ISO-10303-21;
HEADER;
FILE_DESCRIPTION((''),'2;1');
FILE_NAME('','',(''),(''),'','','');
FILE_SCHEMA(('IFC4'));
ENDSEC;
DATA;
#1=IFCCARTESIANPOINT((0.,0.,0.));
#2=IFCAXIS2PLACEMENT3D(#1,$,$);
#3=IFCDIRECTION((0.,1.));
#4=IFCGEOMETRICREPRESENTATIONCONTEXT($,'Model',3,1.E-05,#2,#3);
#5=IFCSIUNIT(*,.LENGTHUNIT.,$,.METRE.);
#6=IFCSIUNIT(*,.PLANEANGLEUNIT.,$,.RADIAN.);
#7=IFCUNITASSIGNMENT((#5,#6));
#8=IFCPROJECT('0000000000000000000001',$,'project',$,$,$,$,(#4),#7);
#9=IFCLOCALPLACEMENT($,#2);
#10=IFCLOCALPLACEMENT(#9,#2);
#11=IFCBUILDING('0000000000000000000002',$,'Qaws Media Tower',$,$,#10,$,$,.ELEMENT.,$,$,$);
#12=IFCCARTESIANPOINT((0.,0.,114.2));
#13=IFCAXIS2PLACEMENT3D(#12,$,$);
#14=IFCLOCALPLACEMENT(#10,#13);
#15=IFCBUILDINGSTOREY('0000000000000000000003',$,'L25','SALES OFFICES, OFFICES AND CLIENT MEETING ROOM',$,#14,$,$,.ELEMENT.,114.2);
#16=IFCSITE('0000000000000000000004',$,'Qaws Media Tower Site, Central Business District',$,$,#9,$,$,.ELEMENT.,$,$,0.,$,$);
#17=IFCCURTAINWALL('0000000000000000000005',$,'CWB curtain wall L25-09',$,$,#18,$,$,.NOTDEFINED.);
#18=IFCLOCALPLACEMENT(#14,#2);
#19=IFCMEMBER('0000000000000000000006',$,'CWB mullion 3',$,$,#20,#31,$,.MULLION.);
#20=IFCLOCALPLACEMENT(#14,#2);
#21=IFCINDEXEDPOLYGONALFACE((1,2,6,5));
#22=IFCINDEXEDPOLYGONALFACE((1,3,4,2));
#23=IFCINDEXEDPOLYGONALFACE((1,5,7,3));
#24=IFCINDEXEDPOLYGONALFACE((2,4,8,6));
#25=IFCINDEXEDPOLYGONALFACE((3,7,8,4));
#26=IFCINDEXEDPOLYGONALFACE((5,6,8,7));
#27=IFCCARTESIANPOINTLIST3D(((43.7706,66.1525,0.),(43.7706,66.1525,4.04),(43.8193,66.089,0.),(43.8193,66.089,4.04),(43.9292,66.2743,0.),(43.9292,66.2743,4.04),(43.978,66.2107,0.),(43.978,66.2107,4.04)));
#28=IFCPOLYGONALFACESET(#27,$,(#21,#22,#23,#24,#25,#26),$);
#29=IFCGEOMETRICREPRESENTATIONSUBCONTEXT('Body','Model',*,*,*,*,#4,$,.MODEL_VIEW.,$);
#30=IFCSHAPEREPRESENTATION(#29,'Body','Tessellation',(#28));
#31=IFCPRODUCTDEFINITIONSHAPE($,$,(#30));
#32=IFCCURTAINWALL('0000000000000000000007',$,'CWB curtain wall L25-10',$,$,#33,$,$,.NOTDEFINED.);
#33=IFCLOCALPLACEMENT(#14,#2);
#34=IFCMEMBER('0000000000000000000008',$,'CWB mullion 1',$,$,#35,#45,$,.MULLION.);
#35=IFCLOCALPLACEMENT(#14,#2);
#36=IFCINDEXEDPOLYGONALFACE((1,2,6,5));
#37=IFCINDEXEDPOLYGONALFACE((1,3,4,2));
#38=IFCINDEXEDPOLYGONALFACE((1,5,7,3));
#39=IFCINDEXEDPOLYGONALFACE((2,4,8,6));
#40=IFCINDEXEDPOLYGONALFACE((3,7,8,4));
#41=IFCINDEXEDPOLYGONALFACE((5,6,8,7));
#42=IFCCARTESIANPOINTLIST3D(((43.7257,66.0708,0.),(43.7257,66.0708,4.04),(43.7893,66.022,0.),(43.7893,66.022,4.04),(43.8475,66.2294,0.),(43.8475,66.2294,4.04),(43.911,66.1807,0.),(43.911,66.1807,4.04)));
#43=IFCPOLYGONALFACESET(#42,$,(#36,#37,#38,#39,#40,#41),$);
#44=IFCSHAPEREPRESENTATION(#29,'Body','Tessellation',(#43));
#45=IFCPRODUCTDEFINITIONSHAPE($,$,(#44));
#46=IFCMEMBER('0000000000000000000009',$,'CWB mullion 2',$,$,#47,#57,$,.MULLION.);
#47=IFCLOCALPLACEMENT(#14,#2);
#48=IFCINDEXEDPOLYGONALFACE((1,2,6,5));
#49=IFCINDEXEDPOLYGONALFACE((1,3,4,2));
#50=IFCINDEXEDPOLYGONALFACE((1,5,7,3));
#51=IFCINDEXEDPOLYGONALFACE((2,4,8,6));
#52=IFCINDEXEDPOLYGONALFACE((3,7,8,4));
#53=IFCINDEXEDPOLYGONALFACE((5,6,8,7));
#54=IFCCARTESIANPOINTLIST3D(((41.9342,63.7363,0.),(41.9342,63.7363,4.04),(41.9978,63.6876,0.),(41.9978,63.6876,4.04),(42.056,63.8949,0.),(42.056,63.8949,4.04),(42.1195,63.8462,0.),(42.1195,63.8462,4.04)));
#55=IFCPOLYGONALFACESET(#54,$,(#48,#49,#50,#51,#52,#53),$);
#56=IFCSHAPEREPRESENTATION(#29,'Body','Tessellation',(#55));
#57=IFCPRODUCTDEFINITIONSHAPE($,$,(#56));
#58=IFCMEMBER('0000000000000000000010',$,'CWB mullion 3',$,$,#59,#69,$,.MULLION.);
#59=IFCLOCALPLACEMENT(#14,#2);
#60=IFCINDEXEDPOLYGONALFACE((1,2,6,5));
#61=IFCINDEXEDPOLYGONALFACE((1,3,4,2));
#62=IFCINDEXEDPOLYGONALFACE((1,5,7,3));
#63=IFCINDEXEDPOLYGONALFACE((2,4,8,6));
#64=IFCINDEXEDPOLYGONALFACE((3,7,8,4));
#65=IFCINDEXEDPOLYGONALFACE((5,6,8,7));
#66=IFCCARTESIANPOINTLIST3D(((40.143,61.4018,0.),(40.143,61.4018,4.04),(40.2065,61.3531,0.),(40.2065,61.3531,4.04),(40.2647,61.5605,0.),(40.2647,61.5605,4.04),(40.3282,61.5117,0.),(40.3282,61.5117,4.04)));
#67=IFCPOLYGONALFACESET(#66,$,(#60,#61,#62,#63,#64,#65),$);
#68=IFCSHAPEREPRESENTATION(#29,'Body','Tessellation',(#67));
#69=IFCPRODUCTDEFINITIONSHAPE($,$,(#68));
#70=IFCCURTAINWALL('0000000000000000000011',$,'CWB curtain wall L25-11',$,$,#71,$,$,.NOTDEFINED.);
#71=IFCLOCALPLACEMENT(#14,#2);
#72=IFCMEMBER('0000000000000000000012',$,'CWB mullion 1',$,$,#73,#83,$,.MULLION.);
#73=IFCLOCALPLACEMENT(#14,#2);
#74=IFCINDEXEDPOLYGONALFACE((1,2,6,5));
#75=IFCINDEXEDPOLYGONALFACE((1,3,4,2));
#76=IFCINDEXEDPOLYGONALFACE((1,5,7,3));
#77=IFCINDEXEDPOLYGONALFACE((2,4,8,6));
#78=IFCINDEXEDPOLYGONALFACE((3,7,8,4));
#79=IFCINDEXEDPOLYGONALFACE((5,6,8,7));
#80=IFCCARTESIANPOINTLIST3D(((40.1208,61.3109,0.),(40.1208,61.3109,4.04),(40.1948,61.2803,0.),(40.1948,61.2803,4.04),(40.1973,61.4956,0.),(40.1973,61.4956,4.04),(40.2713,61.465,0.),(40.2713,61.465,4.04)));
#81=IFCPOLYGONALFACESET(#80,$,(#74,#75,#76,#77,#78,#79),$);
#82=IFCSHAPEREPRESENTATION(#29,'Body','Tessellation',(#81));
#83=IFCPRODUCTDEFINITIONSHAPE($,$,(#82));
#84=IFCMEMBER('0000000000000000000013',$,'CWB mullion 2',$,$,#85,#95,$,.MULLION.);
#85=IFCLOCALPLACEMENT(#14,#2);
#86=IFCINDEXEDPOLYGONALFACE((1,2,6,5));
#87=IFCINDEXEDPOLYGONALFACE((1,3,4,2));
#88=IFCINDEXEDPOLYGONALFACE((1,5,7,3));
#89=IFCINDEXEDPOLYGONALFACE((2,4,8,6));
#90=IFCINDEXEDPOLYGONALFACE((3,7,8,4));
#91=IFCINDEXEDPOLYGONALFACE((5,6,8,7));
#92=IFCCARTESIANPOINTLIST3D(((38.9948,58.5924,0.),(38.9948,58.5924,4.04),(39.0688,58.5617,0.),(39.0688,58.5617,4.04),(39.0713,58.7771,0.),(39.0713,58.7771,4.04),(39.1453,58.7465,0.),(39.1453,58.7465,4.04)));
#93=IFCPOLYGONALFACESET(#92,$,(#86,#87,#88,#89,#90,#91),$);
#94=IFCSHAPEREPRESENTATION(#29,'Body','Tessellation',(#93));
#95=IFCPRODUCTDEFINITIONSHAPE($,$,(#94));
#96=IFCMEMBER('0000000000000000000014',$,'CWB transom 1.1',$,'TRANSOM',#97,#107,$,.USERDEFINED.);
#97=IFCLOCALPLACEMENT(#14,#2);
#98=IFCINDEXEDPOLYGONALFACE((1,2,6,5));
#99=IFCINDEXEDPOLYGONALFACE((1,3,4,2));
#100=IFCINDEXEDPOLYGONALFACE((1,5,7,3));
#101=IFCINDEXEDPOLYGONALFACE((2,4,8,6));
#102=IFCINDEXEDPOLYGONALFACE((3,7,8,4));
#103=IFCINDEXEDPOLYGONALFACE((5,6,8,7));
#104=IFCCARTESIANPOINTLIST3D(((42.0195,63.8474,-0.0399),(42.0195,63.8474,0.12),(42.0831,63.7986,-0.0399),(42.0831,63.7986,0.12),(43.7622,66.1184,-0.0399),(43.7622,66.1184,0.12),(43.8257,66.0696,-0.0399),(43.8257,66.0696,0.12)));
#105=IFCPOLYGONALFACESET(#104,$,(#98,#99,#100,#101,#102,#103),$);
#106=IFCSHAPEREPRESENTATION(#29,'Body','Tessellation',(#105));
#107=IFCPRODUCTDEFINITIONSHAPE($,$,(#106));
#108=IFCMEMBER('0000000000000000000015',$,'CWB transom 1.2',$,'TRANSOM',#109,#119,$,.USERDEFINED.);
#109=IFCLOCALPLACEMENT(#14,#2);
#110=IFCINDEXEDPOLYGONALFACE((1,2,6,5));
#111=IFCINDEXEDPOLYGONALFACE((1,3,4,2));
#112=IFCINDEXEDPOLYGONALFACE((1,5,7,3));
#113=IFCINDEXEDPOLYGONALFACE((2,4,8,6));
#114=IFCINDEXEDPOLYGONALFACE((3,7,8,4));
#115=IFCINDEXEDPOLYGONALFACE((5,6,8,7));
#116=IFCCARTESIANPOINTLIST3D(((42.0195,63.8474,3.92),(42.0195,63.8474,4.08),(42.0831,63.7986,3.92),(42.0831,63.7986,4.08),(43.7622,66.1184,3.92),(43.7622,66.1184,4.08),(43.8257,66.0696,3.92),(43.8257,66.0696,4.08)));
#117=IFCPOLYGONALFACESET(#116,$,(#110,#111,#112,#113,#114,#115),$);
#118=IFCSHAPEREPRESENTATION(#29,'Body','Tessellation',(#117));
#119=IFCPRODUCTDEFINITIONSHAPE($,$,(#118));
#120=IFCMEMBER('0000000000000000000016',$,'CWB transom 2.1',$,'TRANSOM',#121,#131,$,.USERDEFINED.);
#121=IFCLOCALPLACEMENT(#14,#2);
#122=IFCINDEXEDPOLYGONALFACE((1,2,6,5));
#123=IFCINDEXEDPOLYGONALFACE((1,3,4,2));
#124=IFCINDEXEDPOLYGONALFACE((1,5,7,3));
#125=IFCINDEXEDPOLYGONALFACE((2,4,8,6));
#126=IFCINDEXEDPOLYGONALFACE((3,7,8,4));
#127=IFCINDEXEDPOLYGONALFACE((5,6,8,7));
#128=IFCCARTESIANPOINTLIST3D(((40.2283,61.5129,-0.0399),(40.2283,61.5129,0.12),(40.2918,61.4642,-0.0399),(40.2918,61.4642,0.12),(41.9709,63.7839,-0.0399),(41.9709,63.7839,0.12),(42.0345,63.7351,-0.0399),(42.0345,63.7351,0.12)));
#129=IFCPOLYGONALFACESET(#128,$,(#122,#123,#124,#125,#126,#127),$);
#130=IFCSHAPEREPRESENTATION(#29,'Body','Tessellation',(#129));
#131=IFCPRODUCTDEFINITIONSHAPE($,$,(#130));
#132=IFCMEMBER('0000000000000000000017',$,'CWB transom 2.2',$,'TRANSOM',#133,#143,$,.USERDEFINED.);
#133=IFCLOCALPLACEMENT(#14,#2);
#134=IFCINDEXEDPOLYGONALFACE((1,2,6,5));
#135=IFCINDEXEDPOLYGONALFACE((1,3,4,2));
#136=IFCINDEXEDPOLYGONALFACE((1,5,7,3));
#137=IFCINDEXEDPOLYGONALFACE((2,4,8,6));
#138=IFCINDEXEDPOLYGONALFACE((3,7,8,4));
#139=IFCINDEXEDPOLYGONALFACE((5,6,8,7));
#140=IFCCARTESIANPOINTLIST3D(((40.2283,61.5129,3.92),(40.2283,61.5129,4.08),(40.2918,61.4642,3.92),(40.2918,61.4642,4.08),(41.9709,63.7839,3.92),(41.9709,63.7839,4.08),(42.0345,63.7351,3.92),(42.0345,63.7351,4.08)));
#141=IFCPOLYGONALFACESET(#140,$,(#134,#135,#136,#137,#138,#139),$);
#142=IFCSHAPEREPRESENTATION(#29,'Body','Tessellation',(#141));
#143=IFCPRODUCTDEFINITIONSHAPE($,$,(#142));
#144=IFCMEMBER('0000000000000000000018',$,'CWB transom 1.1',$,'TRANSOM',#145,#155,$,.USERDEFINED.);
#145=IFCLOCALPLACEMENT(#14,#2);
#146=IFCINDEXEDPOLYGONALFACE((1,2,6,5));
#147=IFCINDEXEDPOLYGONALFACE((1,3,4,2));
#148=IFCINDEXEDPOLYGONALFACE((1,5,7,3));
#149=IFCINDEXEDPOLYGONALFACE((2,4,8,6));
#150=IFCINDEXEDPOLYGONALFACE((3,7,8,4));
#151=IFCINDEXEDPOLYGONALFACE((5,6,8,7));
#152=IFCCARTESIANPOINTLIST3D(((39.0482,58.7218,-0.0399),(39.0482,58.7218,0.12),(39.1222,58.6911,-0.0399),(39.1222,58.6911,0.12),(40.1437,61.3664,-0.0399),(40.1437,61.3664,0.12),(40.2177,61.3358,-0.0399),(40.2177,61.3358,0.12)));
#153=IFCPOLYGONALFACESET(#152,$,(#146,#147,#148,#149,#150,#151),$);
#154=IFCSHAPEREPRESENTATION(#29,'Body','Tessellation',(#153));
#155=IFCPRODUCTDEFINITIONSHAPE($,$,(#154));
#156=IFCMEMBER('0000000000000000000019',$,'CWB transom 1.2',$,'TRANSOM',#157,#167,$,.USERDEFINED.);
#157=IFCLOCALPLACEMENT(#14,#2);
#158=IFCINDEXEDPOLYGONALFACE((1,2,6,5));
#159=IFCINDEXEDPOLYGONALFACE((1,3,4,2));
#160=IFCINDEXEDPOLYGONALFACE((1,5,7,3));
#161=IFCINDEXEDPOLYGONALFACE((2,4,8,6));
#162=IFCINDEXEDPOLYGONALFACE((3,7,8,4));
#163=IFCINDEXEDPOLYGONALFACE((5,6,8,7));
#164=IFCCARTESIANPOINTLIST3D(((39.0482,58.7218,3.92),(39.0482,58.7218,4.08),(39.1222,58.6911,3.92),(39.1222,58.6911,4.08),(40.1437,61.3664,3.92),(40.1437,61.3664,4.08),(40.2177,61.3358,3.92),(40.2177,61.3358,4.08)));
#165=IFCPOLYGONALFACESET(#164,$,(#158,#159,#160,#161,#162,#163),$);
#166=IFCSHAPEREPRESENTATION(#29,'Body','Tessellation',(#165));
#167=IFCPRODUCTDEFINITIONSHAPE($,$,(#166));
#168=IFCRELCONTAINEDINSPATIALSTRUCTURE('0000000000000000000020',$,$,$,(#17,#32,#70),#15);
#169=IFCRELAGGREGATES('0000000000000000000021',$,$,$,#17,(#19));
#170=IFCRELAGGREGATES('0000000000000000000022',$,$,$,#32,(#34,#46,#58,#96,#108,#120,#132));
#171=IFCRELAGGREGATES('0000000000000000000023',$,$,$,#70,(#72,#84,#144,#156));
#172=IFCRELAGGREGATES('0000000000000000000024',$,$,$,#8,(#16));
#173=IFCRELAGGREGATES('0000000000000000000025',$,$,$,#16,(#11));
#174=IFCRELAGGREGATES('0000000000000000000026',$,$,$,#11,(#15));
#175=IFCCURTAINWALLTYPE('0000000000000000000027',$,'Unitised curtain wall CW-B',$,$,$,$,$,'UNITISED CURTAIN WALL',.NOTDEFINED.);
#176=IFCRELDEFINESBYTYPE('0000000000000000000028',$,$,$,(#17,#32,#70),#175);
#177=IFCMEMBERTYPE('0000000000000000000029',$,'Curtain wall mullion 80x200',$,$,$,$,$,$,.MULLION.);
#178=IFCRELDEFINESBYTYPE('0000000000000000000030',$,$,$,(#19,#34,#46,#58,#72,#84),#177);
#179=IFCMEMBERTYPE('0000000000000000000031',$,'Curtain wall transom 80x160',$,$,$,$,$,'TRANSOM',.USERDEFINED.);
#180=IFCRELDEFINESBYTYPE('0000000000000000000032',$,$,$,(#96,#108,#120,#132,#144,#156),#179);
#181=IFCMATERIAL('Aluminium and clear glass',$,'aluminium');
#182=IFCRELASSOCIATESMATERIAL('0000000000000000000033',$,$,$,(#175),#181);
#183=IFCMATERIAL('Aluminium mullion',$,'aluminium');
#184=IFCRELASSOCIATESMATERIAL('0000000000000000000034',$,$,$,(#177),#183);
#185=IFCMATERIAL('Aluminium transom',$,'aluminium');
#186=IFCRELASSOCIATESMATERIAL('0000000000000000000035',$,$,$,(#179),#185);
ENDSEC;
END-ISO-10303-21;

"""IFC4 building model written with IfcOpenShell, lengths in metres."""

from ifc_helpers import new_model, si_unit, direction, frame, origin, origin_2d, place, context, subcontext, project, spatial, rectangle, extrude, material, material_profile, profile_set, type_object, element, aggregate, save


model = new_model("IFC4")

# Units and contexts
model_context = context("Model", 3, precision=1e-05, world=origin(), true_north=direction((0.0, 1.0)))
body_context = subcontext(model_context, "Body", "Model", "MODEL_VIEW")
ifc_project = project(units=[si_unit("LENGTHUNIT", "METRE"), si_unit("PLANEANGLEUNIT", "RADIAN")], contexts=[model_context])

# Site, building, storey
site_placement = place(None, origin())
site = spatial("IfcSite", under=ifc_project, at=site_placement, Name="Qaws Media Tower Site, Central Business District", CompositionType="ELEMENT", RefElevation=0.0)
building_placement = place(site_placement, origin())
building = spatial("IfcBuilding", under=site, at=building_placement, Name="Qaws Media Tower", CompositionType="ELEMENT")
storey_placement = place(building_placement, frame((0.0, 0.0, 114.2)))
storey = spatial("IfcBuildingStorey", under=building, at=storey_placement, Name="L25", Description="SALES OFFICES, OFFICES AND CLIENT MEETING ROOM", CompositionType="ELEMENT", Elevation=114.2)

# Curtain wall, member
ifc_material_1 = material(Name="Aluminium and clear glass", Category="aluminium")
curtain_wall_type = type_object("IfcCurtainWallType", Name="Unitised curtain wall CW-B", ElementType="UNITISED CURTAIN WALL", PredefinedType="NOTDEFINED", material=ifc_material_1)
curtain_wall_1_placement = place(storey_placement, origin())
curtain_wall_1 = element("IfcCurtainWall", 1, at=curtain_wall_1_placement, inside=storey, type_object=curtain_wall_type, Name="CWB curtain wall L25-09", PredefinedType="NOTDEFINED")
ifc_material_2 = material(Name="Aluminium mullion", Category="aluminium")
ifc_material_profile_1 = material_profile(ifc_material_2, rectangle(XDim=0.0801, YDim=0.2, at=origin_2d()), Name="80x200")
ifc_profile_set_1 = profile_set([ifc_material_profile_1], Name="Aluminium mullion")
member_type_1 = type_object("IfcMemberType", Name="Curtain wall mullion 80x200", PredefinedType="MULLION", material=ifc_profile_set_1)
member_1_placement = place(storey_placement, frame((43.8743, 66.1816, 0.0), z_axis=(0.0, 0.0, 1.0), x_axis=(0.608761, -0.793353, 0.0)))
member_1 = element("IfcMember", 2, at=member_1_placement, type_object=member_type_1, Name="CWB mullion 3", PredefinedType="MULLION", context=body_context, shape_type="SweptSolid", body=[
    extrude(rectangle(XDim=0.0801, YDim=0.2, at=origin_2d()), origin(), (0.0, 0.0, 1.0), 4.04),
])

# Curtain walls, members
curtain_wall_2_placement = place(storey_placement, origin())
curtain_wall_2 = element("IfcCurtainWall", 3, at=curtain_wall_2_placement, inside=storey, type_object=curtain_wall_type, Name="CWB curtain wall L25-10", PredefinedType="NOTDEFINED")
member_2_placement = place(storey_placement, frame((43.8184, 66.1257, 0.0), z_axis=(0.0, 0.0, 1.0), x_axis=(0.793353, -0.608761, 0.0)))
member_2 = element("IfcMember", 4, at=member_2_placement, type_object=member_type_1, Name="CWB mullion 1", PredefinedType="MULLION", context=body_context, shape_type="SweptSolid", body=[
    extrude(rectangle(XDim=0.0801, YDim=0.2, at=origin_2d()), origin(), (0.0, 0.0, 1.0), 4.04),
])
member_3_placement = place(storey_placement, frame((42.0269, 63.7913, 0.0), z_axis=(0.0, 0.0, 1.0), x_axis=(0.793353, -0.608761, 0.0)))
member_3 = element("IfcMember", 5, at=member_3_placement, type_object=member_type_1, Name="CWB mullion 2", PredefinedType="MULLION", context=body_context, shape_type="SweptSolid", body=[
    extrude(rectangle(XDim=0.0801, YDim=0.2, at=origin_2d()), origin(), (0.0, 0.0, 1.0), 4.04),
])
member_4_placement = place(storey_placement, frame((40.2356, 61.4568, 0.0), z_axis=(0.0, 0.0, 1.0), x_axis=(0.793353, -0.608761, 0.0)))
member_4 = element("IfcMember", 6, at=member_4_placement, type_object=member_type_1, Name="CWB mullion 3", PredefinedType="MULLION", context=body_context, shape_type="SweptSolid", body=[
    extrude(rectangle(XDim=0.0801, YDim=0.2, at=origin_2d()), origin(), (0.0, 0.0, 1.0), 4.04),
])
curtain_wall_3_placement = place(storey_placement, origin())
curtain_wall_3 = element("IfcCurtainWall", 7, at=curtain_wall_3_placement, inside=storey, type_object=curtain_wall_type, Name="CWB curtain wall L25-11", PredefinedType="NOTDEFINED")
member_5_placement = place(storey_placement, frame((40.196, 61.3879, 0.0), z_axis=(0.0, 0.0, 1.0), x_axis=(0.92388, -0.382683, 0.0)))
member_5 = element("IfcMember", 8, at=member_5_placement, type_object=member_type_1, Name="CWB mullion 1", PredefinedType="MULLION", context=body_context, shape_type="SweptSolid", body=[
    extrude(rectangle(XDim=0.0801, YDim=0.2, at=origin_2d()), origin(), (0.0, 0.0, 1.0), 4.04),
])
member_6_placement = place(storey_placement, frame((39.0701, 58.6694, 0.0), z_axis=(0.0, 0.0, 1.0), x_axis=(0.92388, -0.382683, 0.0)))
member_6 = element("IfcMember", 9, at=member_6_placement, type_object=member_type_1, Name="CWB mullion 2", PredefinedType="MULLION", context=body_context, shape_type="SweptSolid", body=[
    extrude(rectangle(XDim=0.0801, YDim=0.2, at=origin_2d()), origin(), (0.0, 0.0, 1.0), 4.04),
])

# Members
ifc_material_3 = material(Name="Aluminium transom", Category="aluminium")
ifc_material_profile_2 = material_profile(ifc_material_3, rectangle(XDim=0.0801, YDim=0.1599, at=origin_2d()), Name="80x160")
ifc_profile_set_2 = profile_set([ifc_material_profile_2], Name="Aluminium transom")
member_type_2 = type_object("IfcMemberType", Name="Curtain wall transom 80x160", ElementType="TRANSOM", PredefinedType="USERDEFINED", material=ifc_profile_set_2)
member_7_placement = place(storey_placement, frame((43.7939, 66.094, 0.04), z_axis=(-0.608779, -0.79334, 0.0), x_axis=(0.79334, -0.608779, 0.0)))
member_7 = element("IfcMember", 10, at=member_7_placement, type_object=member_type_2, Name="CWB transom 1.1", ObjectType="TRANSOM", PredefinedType="USERDEFINED", context=body_context, shape_type="SweptSolid", body=[
    extrude(rectangle(XDim=0.0801, YDim=0.1599, at=origin_2d()), origin(), (0.0, 0.0, 1.0), 2.8625),
])
member_8_placement = place(storey_placement, frame((43.7939, 66.094, 4.0), z_axis=(-0.608779, -0.79334, 0.0), x_axis=(0.79334, -0.608779, 0.0)))
member_8 = element("IfcMember", 11, at=member_8_placement, type_object=member_type_2, Name="CWB transom 1.2", ObjectType="TRANSOM", PredefinedType="USERDEFINED", context=body_context, shape_type="SweptSolid", body=[
    extrude(rectangle(XDim=0.0801, YDim=0.1599, at=origin_2d()), origin(), (0.0, 0.0, 1.0), 2.8625),
])
member_9_placement = place(storey_placement, frame((42.0027, 63.7595, 0.04), z_axis=(-0.608779, -0.79334, 0.0), x_axis=(0.79334, -0.608779, 0.0)))
member_9 = element("IfcMember", 12, at=member_9_placement, type_object=member_type_2, Name="CWB transom 2.1", ObjectType="TRANSOM", PredefinedType="USERDEFINED", context=body_context, shape_type="SweptSolid", body=[
    extrude(rectangle(XDim=0.0801, YDim=0.1599, at=origin_2d()), origin(), (0.0, 0.0, 1.0), 2.8625),
])
member_10_placement = place(storey_placement, frame((42.0027, 63.7595, 4.0), z_axis=(-0.608779, -0.79334, 0.0), x_axis=(0.79334, -0.608779, 0.0)))
member_10 = element("IfcMember", 13, at=member_10_placement, type_object=member_type_2, Name="CWB transom 2.2", ObjectType="TRANSOM", PredefinedType="USERDEFINED", context=body_context, shape_type="SweptSolid", body=[
    extrude(rectangle(XDim=0.0801, YDim=0.1599, at=origin_2d()), origin(), (0.0, 0.0, 1.0), 2.8625),
])
member_11_placement = place(storey_placement, frame((40.1807, 61.3511, 0.04), z_axis=(-0.382701, -0.923872, 0.0), x_axis=(0.923872, -0.382701, 0.0)))
member_11 = element("IfcMember", 14, at=member_11_placement, type_object=member_type_2, Name="CWB transom 1.1", ObjectType="TRANSOM", PredefinedType="USERDEFINED", context=body_context, shape_type="SweptSolid", body=[
    extrude(rectangle(XDim=0.0801, YDim=0.1599, at=origin_2d()), origin(), (0.0, 0.0, 1.0), 2.8625),
])
member_12_placement = place(storey_placement, frame((40.1807, 61.3511, 4.0), z_axis=(-0.382701, -0.923872, 0.0), x_axis=(0.923872, -0.382701, 0.0)))
member_12 = element("IfcMember", 15, at=member_12_placement, type_object=member_type_2, Name="CWB transom 1.2", ObjectType="TRANSOM", PredefinedType="USERDEFINED", context=body_context, shape_type="SweptSolid", body=[
    extrude(rectangle(XDim=0.0801, YDim=0.1599, at=origin_2d()), origin(), (0.0, 0.0, 1.0), 2.8625),
])

aggregate(curtain_wall_1, [member_1])
aggregate(curtain_wall_2, [member_2, member_3, member_4, member_7, member_8, member_9, member_10])
aggregate(curtain_wall_3, [member_5, member_6, member_11, member_12])

save(model, "model.ifc")
